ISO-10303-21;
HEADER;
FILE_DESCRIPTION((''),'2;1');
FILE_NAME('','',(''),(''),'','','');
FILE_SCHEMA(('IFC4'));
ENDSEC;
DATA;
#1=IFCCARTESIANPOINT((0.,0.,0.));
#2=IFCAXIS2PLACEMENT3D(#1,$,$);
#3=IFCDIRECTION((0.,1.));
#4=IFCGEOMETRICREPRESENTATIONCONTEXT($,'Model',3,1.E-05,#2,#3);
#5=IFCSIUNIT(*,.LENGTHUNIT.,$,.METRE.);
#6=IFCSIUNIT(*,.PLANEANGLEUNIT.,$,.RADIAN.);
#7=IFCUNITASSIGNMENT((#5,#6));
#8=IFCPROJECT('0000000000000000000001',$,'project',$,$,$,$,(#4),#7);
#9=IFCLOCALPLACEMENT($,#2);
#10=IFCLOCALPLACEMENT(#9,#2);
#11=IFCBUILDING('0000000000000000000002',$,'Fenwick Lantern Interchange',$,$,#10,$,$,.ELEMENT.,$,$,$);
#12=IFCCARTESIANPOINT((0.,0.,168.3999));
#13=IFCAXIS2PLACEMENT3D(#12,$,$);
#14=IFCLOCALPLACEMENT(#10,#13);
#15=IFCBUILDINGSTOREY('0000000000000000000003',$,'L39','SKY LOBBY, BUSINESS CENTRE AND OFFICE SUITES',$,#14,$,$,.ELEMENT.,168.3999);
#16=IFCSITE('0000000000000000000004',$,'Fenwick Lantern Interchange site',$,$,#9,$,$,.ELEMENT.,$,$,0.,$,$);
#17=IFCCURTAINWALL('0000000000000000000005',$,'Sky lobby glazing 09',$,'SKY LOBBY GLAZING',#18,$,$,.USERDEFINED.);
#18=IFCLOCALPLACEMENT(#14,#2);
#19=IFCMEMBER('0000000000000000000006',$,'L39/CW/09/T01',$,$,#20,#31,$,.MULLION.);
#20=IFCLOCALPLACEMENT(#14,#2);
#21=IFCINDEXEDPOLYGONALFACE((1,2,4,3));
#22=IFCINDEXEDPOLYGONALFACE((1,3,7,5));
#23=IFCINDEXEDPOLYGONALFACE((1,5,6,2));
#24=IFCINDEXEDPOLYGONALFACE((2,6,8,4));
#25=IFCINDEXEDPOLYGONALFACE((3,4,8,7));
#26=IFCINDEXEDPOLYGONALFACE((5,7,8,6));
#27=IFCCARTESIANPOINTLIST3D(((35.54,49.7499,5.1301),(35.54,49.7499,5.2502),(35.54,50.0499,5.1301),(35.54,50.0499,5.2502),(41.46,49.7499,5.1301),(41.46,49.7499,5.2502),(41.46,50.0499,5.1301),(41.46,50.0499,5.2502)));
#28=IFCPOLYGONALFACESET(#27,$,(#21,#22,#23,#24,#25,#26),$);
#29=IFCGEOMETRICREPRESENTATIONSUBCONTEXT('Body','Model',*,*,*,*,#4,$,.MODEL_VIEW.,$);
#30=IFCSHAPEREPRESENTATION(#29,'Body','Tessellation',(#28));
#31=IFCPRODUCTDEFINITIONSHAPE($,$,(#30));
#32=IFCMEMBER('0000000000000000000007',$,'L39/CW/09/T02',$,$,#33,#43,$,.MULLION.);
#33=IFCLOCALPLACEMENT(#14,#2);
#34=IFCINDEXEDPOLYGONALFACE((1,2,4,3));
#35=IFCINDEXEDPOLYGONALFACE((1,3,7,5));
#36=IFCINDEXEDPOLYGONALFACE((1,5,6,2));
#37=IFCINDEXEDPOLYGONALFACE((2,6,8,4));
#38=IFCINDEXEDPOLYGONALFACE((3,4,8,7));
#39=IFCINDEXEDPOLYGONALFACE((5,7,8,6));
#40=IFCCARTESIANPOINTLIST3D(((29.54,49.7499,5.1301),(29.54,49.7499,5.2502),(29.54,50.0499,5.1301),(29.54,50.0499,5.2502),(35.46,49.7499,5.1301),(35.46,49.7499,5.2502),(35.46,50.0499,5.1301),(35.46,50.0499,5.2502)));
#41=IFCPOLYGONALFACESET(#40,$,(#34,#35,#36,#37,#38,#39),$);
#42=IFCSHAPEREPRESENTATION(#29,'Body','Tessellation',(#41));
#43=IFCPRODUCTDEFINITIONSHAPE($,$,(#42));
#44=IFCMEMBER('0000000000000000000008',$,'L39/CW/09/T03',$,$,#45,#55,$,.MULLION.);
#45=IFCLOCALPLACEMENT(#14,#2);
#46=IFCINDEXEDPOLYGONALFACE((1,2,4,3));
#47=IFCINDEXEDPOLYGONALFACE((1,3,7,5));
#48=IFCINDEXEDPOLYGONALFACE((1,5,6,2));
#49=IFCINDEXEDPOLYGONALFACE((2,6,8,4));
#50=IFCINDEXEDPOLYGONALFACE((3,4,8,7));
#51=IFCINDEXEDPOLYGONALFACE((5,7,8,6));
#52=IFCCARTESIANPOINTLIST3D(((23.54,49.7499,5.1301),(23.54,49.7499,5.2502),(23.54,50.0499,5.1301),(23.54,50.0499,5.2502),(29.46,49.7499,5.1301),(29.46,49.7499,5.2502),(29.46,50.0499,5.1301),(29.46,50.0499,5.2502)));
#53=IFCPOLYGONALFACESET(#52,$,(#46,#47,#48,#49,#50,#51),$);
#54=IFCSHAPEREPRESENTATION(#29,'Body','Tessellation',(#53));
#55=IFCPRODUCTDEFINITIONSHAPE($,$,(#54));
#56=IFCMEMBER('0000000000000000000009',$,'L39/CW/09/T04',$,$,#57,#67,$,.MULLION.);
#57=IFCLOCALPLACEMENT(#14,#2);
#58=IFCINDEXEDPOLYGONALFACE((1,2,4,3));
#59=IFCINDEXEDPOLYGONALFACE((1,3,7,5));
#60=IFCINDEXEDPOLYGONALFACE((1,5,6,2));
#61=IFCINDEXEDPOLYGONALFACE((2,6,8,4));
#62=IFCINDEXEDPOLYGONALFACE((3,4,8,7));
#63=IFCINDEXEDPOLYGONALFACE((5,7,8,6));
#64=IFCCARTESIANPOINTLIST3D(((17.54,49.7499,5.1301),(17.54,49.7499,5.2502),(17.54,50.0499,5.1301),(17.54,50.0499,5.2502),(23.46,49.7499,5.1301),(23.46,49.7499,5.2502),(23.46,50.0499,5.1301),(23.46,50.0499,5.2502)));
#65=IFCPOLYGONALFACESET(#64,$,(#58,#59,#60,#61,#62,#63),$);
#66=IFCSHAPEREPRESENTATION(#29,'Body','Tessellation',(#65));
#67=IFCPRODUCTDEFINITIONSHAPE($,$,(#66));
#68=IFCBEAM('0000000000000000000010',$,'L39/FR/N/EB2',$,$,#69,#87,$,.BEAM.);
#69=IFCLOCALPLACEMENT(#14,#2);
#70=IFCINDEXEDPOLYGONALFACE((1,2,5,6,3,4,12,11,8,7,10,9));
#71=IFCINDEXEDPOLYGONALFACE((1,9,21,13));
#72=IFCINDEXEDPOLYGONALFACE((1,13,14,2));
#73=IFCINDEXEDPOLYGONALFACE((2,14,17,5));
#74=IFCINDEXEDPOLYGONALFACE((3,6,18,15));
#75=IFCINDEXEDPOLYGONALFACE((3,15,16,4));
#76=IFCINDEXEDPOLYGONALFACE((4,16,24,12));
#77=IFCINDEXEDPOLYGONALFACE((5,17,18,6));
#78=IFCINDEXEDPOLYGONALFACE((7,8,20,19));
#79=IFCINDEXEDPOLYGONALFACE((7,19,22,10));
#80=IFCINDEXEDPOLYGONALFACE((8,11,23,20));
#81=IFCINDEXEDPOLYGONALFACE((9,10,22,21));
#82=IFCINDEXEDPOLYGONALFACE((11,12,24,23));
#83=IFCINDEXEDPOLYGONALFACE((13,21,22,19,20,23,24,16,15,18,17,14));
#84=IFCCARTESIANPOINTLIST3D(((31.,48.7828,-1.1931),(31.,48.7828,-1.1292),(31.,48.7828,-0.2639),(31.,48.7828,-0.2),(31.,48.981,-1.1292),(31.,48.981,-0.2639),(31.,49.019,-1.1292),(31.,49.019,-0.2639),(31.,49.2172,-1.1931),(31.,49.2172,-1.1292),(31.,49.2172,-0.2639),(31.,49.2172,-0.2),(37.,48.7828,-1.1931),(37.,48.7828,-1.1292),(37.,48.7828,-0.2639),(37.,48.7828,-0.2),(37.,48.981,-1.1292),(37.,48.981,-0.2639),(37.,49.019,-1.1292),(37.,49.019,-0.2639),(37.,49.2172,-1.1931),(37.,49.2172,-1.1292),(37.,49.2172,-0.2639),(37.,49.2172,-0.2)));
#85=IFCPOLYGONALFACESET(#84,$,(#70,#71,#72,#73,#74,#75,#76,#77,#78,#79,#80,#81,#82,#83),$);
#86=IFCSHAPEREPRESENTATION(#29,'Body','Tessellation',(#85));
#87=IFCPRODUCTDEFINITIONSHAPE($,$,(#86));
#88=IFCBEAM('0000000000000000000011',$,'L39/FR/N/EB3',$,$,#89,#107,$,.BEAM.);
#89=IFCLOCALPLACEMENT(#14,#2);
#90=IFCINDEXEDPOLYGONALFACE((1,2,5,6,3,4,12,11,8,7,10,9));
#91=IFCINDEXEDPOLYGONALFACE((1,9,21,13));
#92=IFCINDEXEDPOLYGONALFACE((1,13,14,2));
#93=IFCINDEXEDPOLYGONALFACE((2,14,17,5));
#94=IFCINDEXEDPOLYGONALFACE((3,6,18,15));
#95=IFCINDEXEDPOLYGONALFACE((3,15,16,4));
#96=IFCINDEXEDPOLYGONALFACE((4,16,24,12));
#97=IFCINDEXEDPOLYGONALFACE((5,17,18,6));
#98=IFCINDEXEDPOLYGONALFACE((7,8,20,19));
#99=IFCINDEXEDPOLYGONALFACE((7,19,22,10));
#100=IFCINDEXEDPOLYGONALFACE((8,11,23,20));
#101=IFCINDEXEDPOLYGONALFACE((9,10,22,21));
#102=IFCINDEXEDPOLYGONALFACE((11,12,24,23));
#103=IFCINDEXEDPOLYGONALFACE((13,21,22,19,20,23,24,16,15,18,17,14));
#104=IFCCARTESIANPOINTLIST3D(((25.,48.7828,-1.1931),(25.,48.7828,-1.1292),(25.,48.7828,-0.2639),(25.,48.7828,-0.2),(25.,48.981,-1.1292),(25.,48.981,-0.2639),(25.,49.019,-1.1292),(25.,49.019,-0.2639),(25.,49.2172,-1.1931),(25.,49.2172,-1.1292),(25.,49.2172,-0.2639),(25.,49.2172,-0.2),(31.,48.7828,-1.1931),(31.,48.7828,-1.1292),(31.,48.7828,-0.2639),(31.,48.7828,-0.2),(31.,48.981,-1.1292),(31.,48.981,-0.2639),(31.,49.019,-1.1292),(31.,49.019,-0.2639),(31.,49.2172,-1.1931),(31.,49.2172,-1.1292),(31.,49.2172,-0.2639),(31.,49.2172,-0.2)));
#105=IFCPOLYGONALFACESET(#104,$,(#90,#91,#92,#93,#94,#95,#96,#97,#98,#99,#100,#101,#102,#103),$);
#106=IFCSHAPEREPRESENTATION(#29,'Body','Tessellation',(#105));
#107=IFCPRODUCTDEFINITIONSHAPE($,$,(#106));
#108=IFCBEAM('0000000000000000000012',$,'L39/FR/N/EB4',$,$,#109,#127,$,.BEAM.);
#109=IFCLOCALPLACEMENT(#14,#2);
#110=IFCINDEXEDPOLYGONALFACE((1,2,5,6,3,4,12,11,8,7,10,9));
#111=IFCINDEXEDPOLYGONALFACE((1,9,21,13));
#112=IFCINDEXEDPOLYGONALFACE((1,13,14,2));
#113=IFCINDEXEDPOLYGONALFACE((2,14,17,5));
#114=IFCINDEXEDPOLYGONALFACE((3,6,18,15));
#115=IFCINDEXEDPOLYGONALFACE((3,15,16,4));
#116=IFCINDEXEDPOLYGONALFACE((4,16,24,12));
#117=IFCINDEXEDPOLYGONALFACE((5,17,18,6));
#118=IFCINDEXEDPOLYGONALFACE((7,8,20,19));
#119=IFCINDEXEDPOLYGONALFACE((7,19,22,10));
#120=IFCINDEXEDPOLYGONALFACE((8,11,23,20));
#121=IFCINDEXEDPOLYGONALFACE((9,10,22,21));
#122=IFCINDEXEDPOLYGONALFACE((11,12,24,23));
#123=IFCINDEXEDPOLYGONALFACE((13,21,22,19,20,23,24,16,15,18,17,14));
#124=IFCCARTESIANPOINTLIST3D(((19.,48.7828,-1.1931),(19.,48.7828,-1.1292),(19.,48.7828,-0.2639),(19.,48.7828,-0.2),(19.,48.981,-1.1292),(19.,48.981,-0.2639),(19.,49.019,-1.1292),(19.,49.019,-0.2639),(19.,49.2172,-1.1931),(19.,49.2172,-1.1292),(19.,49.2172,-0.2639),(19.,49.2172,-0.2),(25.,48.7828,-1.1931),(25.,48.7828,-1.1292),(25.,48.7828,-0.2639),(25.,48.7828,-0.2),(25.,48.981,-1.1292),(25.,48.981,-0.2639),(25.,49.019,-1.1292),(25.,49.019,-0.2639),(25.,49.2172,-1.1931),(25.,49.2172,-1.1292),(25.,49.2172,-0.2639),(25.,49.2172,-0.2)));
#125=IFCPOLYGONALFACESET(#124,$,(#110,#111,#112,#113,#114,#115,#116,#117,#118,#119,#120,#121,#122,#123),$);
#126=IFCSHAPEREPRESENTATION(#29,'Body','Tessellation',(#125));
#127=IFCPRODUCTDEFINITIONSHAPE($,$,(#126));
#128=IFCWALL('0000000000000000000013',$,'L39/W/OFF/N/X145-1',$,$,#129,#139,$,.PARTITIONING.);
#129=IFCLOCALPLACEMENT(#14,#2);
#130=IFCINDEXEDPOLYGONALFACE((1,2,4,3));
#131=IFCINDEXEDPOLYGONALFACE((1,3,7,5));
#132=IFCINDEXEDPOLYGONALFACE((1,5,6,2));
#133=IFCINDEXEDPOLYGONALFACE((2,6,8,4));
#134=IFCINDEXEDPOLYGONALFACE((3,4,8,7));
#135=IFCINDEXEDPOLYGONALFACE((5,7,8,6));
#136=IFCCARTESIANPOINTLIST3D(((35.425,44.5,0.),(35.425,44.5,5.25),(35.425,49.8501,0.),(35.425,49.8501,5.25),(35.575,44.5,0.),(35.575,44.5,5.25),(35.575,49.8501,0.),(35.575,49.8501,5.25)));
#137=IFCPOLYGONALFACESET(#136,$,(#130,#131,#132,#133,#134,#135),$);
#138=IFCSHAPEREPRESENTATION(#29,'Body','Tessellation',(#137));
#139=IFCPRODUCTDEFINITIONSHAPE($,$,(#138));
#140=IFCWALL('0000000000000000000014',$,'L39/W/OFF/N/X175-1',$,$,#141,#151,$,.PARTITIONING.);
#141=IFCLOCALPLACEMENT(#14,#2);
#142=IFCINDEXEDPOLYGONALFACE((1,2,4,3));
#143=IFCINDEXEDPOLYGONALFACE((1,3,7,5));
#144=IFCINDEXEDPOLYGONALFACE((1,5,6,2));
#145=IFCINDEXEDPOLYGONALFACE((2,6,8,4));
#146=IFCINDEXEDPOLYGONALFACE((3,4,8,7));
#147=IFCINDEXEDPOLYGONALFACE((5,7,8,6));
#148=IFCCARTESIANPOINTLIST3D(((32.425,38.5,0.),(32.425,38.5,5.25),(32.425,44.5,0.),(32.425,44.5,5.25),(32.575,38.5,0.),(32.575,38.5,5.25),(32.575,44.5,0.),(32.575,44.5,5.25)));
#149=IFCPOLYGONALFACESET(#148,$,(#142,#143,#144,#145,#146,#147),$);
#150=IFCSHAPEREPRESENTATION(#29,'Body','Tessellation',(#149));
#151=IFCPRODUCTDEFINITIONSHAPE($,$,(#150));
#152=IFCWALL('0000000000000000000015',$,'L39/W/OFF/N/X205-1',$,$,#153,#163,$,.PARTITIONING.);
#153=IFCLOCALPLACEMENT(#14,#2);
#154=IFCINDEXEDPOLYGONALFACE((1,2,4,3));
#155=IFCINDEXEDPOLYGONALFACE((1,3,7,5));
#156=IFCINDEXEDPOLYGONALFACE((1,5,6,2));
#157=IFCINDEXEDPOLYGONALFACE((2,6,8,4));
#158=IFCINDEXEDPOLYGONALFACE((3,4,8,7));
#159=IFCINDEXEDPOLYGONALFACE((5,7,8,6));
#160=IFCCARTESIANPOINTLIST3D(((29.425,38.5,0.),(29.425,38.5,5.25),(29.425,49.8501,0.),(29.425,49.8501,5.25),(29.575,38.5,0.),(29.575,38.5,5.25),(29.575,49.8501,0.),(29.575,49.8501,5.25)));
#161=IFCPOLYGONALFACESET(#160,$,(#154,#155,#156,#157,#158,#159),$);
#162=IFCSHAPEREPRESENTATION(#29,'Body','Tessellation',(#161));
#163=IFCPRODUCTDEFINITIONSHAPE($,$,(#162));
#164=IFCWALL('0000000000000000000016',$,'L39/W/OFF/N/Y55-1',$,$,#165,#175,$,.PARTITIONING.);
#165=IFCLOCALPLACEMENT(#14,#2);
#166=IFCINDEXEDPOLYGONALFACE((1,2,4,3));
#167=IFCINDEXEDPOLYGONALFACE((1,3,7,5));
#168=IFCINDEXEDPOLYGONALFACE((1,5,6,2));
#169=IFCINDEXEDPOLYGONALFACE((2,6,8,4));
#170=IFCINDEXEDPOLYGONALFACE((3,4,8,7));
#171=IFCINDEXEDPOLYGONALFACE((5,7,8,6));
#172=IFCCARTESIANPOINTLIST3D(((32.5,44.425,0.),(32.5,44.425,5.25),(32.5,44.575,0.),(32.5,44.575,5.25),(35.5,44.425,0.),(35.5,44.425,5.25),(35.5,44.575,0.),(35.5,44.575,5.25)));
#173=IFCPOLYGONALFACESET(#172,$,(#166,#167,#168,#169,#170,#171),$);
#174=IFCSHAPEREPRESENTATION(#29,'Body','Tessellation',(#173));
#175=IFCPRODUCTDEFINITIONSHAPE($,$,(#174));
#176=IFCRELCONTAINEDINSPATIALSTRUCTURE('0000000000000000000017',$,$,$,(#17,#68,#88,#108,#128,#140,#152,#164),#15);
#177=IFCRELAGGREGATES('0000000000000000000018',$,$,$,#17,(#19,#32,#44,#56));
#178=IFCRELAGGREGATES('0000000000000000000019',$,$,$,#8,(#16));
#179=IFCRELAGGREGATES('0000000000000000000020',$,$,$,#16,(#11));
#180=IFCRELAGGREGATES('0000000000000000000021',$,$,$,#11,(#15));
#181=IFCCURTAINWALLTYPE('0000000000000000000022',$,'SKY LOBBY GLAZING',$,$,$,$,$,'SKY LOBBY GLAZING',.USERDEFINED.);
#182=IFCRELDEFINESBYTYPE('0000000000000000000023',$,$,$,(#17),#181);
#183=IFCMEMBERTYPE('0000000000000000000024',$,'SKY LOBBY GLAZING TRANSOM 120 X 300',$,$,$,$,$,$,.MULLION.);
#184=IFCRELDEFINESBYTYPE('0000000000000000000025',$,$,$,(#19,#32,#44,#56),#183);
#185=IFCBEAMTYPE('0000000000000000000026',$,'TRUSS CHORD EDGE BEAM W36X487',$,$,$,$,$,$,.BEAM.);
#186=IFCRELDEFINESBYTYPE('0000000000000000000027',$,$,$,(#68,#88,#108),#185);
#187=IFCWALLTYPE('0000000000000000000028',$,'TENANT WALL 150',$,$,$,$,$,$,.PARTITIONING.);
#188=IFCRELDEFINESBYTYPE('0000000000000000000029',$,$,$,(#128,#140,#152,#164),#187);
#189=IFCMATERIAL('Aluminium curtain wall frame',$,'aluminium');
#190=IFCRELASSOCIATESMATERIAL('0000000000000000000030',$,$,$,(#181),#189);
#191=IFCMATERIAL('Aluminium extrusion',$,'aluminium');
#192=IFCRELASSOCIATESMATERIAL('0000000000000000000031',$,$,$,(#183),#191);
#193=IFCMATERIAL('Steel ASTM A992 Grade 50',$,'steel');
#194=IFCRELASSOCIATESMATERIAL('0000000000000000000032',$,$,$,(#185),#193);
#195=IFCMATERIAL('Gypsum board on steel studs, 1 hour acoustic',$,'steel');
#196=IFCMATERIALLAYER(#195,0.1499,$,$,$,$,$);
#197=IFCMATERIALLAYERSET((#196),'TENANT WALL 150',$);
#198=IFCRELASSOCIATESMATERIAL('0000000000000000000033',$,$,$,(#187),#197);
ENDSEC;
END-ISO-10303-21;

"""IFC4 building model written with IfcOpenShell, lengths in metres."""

from ifc_helpers import new_model, si_unit, direction, frame, frame_2d, origin, origin_2d, place, context, subcontext, project, spatial, rectangle, i_section, extrude, material, layer, layer_set, material_profile, profile_set, type_object, element, aggregate, save


model = new_model("IFC4")

# Units and contexts
model_context = context("Model", 3, precision=1e-05, world=origin(), true_north=direction((0.0, 1.0)))
body_context = subcontext(model_context, "Body", "Model", "MODEL_VIEW")
ifc_project = project(units=[si_unit("LENGTHUNIT", "METRE"), si_unit("PLANEANGLEUNIT", "RADIAN")], contexts=[model_context])

# Site, building, storey
site_placement = place(None, origin())
site = spatial("IfcSite", under=ifc_project, at=site_placement, Name="Fenwick Lantern Interchange site", CompositionType="ELEMENT", RefElevation=0.0)
building_placement = place(site_placement, origin())
building = spatial("IfcBuilding", under=site, at=building_placement, Name="Fenwick Lantern Interchange", CompositionType="ELEMENT")
storey_placement = place(building_placement, frame((0.0, 0.0, 168.3999)))
storey = spatial("IfcBuildingStorey", under=building, at=storey_placement, Name="L39", Description="SKY LOBBY, BUSINESS CENTRE AND OFFICE SUITES", CompositionType="ELEMENT", Elevation=168.3999)

# Shared definitions
ifc_material_1 = material(Name="Steel ASTM A992 Grade 50", Category="steel")

# Curtain wall, members
ifc_material_2 = material(Name="Aluminium curtain wall frame", Category="aluminium")
curtain_wall_type = type_object("IfcCurtainWallType", Name="SKY LOBBY GLAZING", ElementType="SKY LOBBY GLAZING", PredefinedType="USERDEFINED", material=ifc_material_2)
curtain_wall_placement = place(storey_placement, origin())
curtain_wall = element("IfcCurtainWall", 1, at=curtain_wall_placement, inside=storey, type_object=curtain_wall_type, Name="Sky lobby glazing 09", ObjectType="SKY LOBBY GLAZING", PredefinedType="USERDEFINED")
ifc_material_3 = material(Name="Aluminium extrusion", Category="aluminium")
ifc_material_profile_1 = material_profile(ifc_material_3, rectangle(XDim=0.3, YDim=0.1201, at=origin_2d()), Name="SKY LOBBY GLAZING TRANSOM 120 X 300")
ifc_profile_set_1 = profile_set([ifc_material_profile_1], Name="Aluminium extrusion")
member_type_1 = type_object("IfcMemberType", Name="SKY LOBBY GLAZING TRANSOM 120 X 300", PredefinedType="MULLION", material=ifc_profile_set_1)
member_1_placement = place(storey_placement, frame((41.46, 49.8999, 5.1902), z_axis=(-1.0, 0.0, 0.0), x_axis=(0.0, -1.0, 0.0)))
member_1 = element("IfcMember", 2, at=member_1_placement, type_object=member_type_1, Name="L39/CW/09/T01", PredefinedType="MULLION", context=body_context, shape_type="SweptSolid", body=[
    extrude(rectangle(XDim=0.3, YDim=0.1201, at=origin_2d()), origin(), (0.0, 0.0, 1.0), 5.9199),
])
member_2_placement = place(storey_placement, frame((35.46, 49.8999, 5.1902), z_axis=(-1.0, 0.0, 0.0), x_axis=(0.0, -1.0, 0.0)))
member_2 = element("IfcMember", 3, at=member_2_placement, type_object=member_type_1, Name="L39/CW/09/T02", PredefinedType="MULLION", context=body_context, shape_type="SweptSolid", body=[
    extrude(rectangle(XDim=0.3, YDim=0.1201, at=origin_2d()), origin(), (0.0, 0.0, 1.0), 5.9199),
])
member_3_placement = place(storey_placement, frame((29.46, 49.8999, 5.1902), z_axis=(-1.0, 0.0, 0.0), x_axis=(0.0, -1.0, 0.0)))
member_3 = element("IfcMember", 4, at=member_3_placement, type_object=member_type_1, Name="L39/CW/09/T03", PredefinedType="MULLION", context=body_context, shape_type="SweptSolid", body=[
    extrude(rectangle(XDim=0.3, YDim=0.1201, at=origin_2d()), origin(), (0.0, 0.0, 1.0), 5.9199),
])
member_4_placement = place(storey_placement, frame((23.46, 49.8999, 5.1902), z_axis=(-1.0, 0.0, 0.0), x_axis=(0.0, -1.0, 0.0)))
member_4 = element("IfcMember", 5, at=member_4_placement, type_object=member_type_1, Name="L39/CW/09/T04", PredefinedType="MULLION", context=body_context, shape_type="SweptSolid", body=[
    extrude(rectangle(XDim=0.3, YDim=0.1201, at=origin_2d()), origin(), (0.0, 0.0, 1.0), 5.9199),
])
aggregate(curtain_wall, [member_1, member_2, member_3, member_4])

# Beams
ifc_material_profile_2 = material_profile(ifc_material_1, i_section(OverallWidth=0.4343, OverallDepth=0.9932, WebThickness=0.0381, FlangeThickness=0.064, at=origin_2d()), Name="W36X487")
ifc_profile_set_2 = profile_set([ifc_material_profile_2], Name="Steel ASTM A992 Grade 50")
beam_type_1 = type_object("IfcBeamType", Name="TRUSS CHORD EDGE BEAM W36X487", PredefinedType="BEAM", material=ifc_profile_set_2)
for number, where, z_axis, x_axis, name in (
    (6, (37.0, 49.0, -0.6965), (-1.0, 0.0, 0.0), (0.0, -1.0, 0.0), "L39/FR/N/EB2"),
    (7, (31.0, 49.0, -0.6965), (-1.0, 0.0, 0.0), (0.0, -1.0, 0.0), "L39/FR/N/EB3"),
    (8, (25.0, 49.0, -0.6965), (-1.0, 0.0, 0.0), (0.0, -1.0, 0.0), "L39/FR/N/EB4"),
):
    element("IfcBeam", number, at=place(storey_placement, frame(where, z_axis=z_axis, x_axis=x_axis)), inside=storey, type_object=beam_type_1, Name=name, PredefinedType="BEAM", context=body_context, shape_type="SweptSolid", body=[
        extrude(i_section(OverallWidth=0.4343, OverallDepth=0.9932, WebThickness=0.0381, FlangeThickness=0.064, at=origin_2d()), origin(), (0.0, 0.0, 1.0), 6.0),
    ])

# Walls
ifc_material_4 = material(Name="Gypsum board on steel studs, 1 hour acoustic", Category="steel")
ifc_layer = layer(ifc_material_4, 0.1499)
ifc_layer_set = layer_set([ifc_layer], Name="TENANT WALL 150")
wall_type = type_object("IfcWallType", Name="TENANT WALL 150", PredefinedType="PARTITIONING", material=ifc_layer_set)
wall_1_placement = place(storey_placement, frame((35.5, 49.8501, 0.0), z_axis=(0.0, 0.0, 1.0), x_axis=(0.0, -1.0, 0.0)))
element("IfcWall", 9, at=wall_1_placement, inside=storey, type_object=wall_type, Name="L39/W/OFF/N/X145-1", PredefinedType="PARTITIONING", context=body_context, shape_type="SweptSolid", body=[
    extrude(rectangle(XDim=5.3501, YDim=0.1499, at=frame_2d((2.675, 0.0))), origin(), (0.0, 0.0, 1.0), 5.25),
])
wall_2_placement = place(storey_placement, frame((32.5, 44.5, 0.0), z_axis=(0.0, 0.0, 1.0), x_axis=(0.0, -1.0, 0.0)))
element("IfcWall", 10, at=wall_2_placement, inside=storey, type_object=wall_type, Name="L39/W/OFF/N/X175-1", PredefinedType="PARTITIONING", context=body_context, shape_type="SweptSolid", body=[
    extrude(rectangle(XDim=6.0, YDim=0.1499, at=frame_2d((3.0, 0.0))), origin(), (0.0, 0.0, 1.0), 5.25),
])
wall_3_placement = place(storey_placement, frame((29.5, 49.8501, 0.0), z_axis=(0.0, 0.0, 1.0), x_axis=(0.0, -1.0, 0.0)))
element("IfcWall", 11, at=wall_3_placement, inside=storey, type_object=wall_type, Name="L39/W/OFF/N/X205-1", PredefinedType="PARTITIONING", context=body_context, shape_type="SweptSolid", body=[
    extrude(rectangle(XDim=11.3501, YDim=0.1499, at=frame_2d((5.675, 0.0))), origin(), (0.0, 0.0, 1.0), 5.25),
])
wall_4_placement = place(storey_placement, frame((35.5, 44.5, 0.0), z_axis=(0.0, 0.0, 1.0), x_axis=(-1.0, 0.0, 0.0)))
element("IfcWall", 12, at=wall_4_placement, inside=storey, type_object=wall_type, Name="L39/W/OFF/N/Y55-1", PredefinedType="PARTITIONING", context=body_context, shape_type="SweptSolid", body=[
    extrude(rectangle(XDim=3.0, YDim=0.1499, at=frame_2d((1.5, 0.0))), origin(), (0.0, 0.0, 1.0), 5.25),
])

save(model, "model.ifc")
